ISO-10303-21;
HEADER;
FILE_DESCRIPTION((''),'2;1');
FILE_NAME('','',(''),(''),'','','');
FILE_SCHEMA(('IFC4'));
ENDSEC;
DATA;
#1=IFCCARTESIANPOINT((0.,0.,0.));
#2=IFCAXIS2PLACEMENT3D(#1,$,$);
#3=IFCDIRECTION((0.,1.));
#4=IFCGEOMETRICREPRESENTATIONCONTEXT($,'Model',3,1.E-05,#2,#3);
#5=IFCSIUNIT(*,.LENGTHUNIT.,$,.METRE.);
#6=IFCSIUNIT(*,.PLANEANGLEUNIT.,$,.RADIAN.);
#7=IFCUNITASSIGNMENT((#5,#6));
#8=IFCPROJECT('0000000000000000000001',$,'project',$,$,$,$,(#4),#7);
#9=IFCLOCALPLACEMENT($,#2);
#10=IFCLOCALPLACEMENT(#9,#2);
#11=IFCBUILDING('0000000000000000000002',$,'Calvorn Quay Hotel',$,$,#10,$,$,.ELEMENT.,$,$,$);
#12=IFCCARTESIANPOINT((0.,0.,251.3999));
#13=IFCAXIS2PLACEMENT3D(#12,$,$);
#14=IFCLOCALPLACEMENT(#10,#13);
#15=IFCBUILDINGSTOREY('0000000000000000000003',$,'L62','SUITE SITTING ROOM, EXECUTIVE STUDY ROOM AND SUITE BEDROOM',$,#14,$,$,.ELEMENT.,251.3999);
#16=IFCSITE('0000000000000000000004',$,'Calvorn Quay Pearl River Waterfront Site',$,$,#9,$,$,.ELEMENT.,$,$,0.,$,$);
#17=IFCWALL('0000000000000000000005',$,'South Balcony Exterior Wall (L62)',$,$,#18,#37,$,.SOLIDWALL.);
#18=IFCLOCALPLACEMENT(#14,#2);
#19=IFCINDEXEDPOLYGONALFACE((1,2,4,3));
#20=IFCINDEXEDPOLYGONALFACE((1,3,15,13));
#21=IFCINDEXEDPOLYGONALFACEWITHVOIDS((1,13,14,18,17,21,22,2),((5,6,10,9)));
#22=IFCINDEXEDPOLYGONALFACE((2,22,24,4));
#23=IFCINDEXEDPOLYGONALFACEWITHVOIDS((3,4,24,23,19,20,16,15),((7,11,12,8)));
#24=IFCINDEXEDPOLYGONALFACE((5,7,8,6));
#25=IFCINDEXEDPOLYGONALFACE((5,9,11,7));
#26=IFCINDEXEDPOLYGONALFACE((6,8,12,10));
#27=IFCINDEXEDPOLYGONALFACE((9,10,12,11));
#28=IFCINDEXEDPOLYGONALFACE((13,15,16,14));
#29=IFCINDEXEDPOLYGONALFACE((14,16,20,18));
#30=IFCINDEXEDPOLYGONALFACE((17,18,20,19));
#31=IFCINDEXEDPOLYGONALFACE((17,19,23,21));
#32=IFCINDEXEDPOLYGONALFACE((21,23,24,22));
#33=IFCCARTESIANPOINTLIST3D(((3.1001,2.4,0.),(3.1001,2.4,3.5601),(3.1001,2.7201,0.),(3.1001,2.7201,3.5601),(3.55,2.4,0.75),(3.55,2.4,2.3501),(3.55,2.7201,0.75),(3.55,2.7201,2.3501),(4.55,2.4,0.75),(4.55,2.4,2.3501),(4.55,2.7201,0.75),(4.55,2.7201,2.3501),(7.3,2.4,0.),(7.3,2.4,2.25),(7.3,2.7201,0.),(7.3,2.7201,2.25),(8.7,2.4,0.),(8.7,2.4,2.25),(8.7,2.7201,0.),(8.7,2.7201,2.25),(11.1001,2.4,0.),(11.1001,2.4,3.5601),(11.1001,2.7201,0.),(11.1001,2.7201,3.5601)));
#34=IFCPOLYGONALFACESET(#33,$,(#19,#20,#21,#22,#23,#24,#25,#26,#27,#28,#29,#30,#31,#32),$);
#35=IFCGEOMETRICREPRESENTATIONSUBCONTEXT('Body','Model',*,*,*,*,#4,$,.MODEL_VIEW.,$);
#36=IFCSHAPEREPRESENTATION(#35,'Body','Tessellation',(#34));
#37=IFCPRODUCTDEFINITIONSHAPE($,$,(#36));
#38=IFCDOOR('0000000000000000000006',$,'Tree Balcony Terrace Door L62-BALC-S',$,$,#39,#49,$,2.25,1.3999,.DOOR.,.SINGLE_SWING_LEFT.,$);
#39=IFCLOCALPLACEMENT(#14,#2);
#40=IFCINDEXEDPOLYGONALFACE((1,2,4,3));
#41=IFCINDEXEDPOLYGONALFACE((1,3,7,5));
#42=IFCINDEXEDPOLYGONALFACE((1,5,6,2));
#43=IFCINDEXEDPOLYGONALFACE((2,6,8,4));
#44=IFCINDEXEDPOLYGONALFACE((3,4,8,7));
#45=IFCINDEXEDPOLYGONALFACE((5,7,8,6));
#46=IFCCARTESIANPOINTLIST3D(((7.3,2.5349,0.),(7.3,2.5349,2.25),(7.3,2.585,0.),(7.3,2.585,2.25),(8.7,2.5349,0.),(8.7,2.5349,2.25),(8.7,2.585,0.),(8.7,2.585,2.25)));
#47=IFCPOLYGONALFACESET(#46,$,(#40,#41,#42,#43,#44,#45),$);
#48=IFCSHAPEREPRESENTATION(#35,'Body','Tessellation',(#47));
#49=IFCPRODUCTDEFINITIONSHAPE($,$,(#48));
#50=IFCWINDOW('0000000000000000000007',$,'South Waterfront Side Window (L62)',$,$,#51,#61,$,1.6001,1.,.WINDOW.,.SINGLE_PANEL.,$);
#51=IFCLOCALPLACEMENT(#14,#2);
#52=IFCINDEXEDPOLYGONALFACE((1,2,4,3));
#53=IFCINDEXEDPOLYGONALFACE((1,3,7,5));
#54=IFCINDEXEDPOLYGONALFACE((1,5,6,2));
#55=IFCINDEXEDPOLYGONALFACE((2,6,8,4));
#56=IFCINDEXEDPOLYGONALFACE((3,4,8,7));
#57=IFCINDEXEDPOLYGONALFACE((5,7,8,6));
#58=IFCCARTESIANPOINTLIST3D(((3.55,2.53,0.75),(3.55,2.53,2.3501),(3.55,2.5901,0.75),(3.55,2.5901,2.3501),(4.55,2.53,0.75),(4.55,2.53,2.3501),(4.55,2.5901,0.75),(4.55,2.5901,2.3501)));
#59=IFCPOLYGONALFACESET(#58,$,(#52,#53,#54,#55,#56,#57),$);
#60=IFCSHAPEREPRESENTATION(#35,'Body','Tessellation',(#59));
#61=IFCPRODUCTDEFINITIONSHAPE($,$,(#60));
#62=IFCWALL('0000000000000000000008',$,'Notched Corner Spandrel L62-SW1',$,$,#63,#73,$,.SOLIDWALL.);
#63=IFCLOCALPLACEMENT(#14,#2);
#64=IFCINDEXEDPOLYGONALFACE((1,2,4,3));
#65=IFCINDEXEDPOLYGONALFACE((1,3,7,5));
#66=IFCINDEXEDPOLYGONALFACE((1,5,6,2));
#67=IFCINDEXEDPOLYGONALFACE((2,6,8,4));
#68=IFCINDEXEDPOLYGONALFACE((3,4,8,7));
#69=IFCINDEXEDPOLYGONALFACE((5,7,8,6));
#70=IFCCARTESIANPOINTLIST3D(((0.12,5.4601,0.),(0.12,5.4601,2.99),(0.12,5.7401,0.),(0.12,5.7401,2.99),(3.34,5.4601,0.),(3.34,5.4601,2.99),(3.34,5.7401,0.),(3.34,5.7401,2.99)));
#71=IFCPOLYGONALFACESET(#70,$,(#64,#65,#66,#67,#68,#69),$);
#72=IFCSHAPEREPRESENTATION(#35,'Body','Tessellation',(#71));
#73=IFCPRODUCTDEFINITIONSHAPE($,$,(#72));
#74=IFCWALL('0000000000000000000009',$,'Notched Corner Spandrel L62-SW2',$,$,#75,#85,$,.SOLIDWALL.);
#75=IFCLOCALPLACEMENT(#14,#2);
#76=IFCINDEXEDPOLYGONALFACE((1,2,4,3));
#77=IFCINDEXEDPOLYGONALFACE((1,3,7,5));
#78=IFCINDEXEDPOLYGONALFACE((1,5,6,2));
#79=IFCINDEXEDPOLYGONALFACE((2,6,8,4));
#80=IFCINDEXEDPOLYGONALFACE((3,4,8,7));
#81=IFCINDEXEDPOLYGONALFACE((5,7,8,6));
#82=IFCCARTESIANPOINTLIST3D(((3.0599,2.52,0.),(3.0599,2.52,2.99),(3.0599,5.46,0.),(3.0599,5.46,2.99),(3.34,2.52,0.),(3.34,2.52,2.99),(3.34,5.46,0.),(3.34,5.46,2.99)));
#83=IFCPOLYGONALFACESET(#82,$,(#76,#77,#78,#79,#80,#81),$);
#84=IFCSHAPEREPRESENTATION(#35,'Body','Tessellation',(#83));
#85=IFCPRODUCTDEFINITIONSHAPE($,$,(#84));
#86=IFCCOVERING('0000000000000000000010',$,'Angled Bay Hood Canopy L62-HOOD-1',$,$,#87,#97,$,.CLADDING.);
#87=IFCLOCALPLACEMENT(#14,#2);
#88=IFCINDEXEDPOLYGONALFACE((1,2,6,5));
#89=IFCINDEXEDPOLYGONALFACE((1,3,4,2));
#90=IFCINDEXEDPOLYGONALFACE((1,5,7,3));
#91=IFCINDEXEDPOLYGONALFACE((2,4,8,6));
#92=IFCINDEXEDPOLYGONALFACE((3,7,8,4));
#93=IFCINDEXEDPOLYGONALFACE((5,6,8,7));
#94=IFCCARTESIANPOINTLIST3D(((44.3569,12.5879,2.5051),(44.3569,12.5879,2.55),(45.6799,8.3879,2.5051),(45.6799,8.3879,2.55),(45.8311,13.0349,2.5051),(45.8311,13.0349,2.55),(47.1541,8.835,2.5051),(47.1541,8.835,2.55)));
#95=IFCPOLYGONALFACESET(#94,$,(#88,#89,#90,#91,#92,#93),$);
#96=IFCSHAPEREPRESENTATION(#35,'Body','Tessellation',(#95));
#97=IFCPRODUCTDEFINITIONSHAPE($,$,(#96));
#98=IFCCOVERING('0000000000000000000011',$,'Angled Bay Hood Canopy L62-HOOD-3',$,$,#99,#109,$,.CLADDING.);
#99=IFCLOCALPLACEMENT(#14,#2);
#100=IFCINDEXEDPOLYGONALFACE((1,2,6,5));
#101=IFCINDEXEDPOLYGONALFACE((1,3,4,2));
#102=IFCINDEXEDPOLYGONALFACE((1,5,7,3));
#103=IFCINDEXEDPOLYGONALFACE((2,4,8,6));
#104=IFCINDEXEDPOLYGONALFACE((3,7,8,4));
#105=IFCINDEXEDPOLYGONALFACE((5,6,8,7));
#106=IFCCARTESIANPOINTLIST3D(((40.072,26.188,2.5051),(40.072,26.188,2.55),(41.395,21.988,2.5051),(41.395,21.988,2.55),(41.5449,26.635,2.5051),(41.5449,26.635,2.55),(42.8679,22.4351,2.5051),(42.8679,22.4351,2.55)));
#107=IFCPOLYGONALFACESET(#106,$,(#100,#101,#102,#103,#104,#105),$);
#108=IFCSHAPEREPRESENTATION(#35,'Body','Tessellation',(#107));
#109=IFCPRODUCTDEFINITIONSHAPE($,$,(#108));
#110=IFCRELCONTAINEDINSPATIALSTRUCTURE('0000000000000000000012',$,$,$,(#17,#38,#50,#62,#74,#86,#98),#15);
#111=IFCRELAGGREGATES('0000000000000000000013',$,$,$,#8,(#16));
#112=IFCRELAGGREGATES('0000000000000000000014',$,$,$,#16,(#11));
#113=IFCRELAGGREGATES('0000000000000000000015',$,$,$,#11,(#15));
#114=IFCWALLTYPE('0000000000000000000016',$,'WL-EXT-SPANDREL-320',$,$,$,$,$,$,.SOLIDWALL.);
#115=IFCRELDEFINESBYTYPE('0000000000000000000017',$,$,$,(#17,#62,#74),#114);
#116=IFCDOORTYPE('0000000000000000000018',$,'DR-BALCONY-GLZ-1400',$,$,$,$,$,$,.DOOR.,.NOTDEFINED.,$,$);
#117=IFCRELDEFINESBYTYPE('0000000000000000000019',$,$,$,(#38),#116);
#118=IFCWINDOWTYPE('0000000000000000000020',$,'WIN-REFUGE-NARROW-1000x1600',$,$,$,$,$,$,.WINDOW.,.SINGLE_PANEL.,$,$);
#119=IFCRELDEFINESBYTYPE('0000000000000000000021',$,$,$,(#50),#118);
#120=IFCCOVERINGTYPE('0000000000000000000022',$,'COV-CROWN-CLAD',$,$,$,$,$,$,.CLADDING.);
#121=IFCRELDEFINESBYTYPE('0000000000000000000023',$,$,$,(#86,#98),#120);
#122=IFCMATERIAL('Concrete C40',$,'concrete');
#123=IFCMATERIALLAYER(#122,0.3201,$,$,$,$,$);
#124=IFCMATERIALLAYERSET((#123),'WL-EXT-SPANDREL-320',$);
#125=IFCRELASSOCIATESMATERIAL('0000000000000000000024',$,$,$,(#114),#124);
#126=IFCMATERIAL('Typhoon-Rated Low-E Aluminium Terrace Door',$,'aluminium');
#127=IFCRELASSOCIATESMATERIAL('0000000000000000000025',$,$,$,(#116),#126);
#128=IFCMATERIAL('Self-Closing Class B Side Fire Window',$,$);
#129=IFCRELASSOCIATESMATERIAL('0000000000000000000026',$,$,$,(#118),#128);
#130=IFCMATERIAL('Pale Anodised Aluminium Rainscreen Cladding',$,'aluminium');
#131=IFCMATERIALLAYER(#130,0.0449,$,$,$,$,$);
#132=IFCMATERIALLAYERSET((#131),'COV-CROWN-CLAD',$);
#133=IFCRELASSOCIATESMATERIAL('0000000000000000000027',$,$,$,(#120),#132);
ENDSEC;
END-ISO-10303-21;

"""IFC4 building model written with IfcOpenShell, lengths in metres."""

from ifc_helpers import new_model, si_unit, direction, frame, frame_2d, origin, place, context, subcontext, project, spatial, polyline, rectangle, outline, extrude, material, layer, layer_set, type_object, element, fill, save


model = new_model("IFC4")

# Units and contexts
model_context = context("Model", 3, precision=1e-05, world=origin(), true_north=direction((0.0, 1.0)))
body_context = subcontext(model_context, "Body", "Model", "MODEL_VIEW")
ifc_project = project(units=[si_unit("LENGTHUNIT", "METRE"), si_unit("PLANEANGLEUNIT", "RADIAN")], contexts=[model_context])

# Site, building, storey
site_placement = place(None, origin())
site = spatial("IfcSite", under=ifc_project, at=site_placement, Name="Calvorn Quay Pearl River Waterfront Site", CompositionType="ELEMENT", RefElevation=0.0)
building_placement = place(site_placement, origin())
building = spatial("IfcBuilding", under=site, at=building_placement, Name="Calvorn Quay Hotel", CompositionType="ELEMENT")
storey_placement = place(building_placement, frame((0.0, 0.0, 251.3999)))
storey = spatial("IfcBuildingStorey", under=building, at=storey_placement, Name="L62", Description="SUITE SITTING ROOM, EXECUTIVE STUDY ROOM AND SUITE BEDROOM", CompositionType="ELEMENT", Elevation=251.3999)

# Wall, openings, door, window
ifc_material_1 = material(Name="Concrete C40", Category="concrete")
ifc_layer_1 = layer(ifc_material_1, 0.3201)
ifc_layer_set_1 = layer_set([ifc_layer_1], Name="WL-EXT-SPANDREL-320")
wall_type = type_object("IfcWallType", Name="WL-EXT-SPANDREL-320", PredefinedType="SOLIDWALL", material=ifc_layer_set_1)
wall_1_placement = place(storey_placement, frame((3.1001, 2.5601, 0.0), z_axis=(0.0, 0.0, 1.0), x_axis=(1.0, 0.0, 0.0)))
wall_1 = element("IfcWall", 1, at=wall_1_placement, inside=storey, type_object=wall_type, Name="South Balcony Exterior Wall (L62)", PredefinedType="SOLIDWALL", context=body_context, shape_type="SweptSolid", body=[
    extrude(rectangle(XDim=8.0, YDim=0.3201, at=frame_2d((4.0, 0.0))), origin(), (0.0, 0.0, 1.0), 3.5601),
])
opening_1_placement = place(wall_1_placement, frame((0.45, 0.0, 0.75)))
opening_1 = element("IfcOpeningElement", 2, at=opening_1_placement, cuts=wall_1, PredefinedType="OPENING", context=body_context, shape_type="SweptSolid", body=[
    extrude(rectangle(XDim=1.0, YDim=1.6001, at=frame_2d((0.5, 0.8))), frame((0.0, 0.1699, 0.0), z_axis=(0.0, -1.0, 0.0), x_axis=(1.0, 0.0, 0.0)), (0.0, 0.0, 1.0), 0.3401),
])
opening_2_placement = place(wall_1_placement, frame((4.2, 0.0, 0.0)))
opening_2 = element("IfcOpeningElement", 3, at=opening_2_placement, cuts=wall_1, PredefinedType="OPENING", context=body_context, shape_type="SweptSolid", body=[
    extrude(rectangle(XDim=1.3999, YDim=2.25, at=frame_2d((0.7, 1.125))), frame((0.0, 0.1699, 0.0), z_axis=(0.0, -1.0, 0.0), x_axis=(1.0, 0.0, 0.0)), (0.0, 0.0, 1.0), 0.3401),
])
ifc_material_2 = material(Name="Typhoon-Rated Low-E Aluminium Terrace Door", Category="aluminium")
door_type = type_object("IfcDoorType", Name="DR-BALCONY-GLZ-1400", OperationType="NOTDEFINED", PredefinedType="DOOR", material=ifc_material_2)
door_placement = place(opening_2_placement, origin())
door = element("IfcDoor", 4, at=door_placement, inside=storey, type_object=door_type, Name="Tree Balcony Terrace Door L62-BALC-S", OperationType="SINGLE_SWING_LEFT", OverallHeight=2.25, OverallWidth=1.3999, PredefinedType="DOOR", context=body_context, shape_type="SweptSolid", body=[
    extrude(rectangle(XDim=1.3999, YDim=2.25, at=frame_2d((0.7, 1.125))), frame((0.0, 0.0249, 0.0), z_axis=(0.0, -1.0, 0.0), x_axis=(1.0, 0.0, 0.0)), (0.0, 0.0, 1.0), 0.05),
])
fill(opening_2, door)
ifc_material_3 = material(Name="Self-Closing Class B Side Fire Window")
window_type = type_object("IfcWindowType", Name="WIN-REFUGE-NARROW-1000x1600", PartitioningType="SINGLE_PANEL", PredefinedType="WINDOW", material=ifc_material_3)
window_placement = place(opening_1_placement, origin())
window = element("IfcWindow", 5, at=window_placement, inside=storey, type_object=window_type, Name="South Waterfront Side Window (L62)", OverallHeight=1.6001, OverallWidth=1.0, PartitioningType="SINGLE_PANEL", PredefinedType="WINDOW", context=body_context, shape_type="SweptSolid", body=[
    extrude(rectangle(XDim=1.0, YDim=1.6001, at=frame_2d((0.5, 0.8))), frame((0.0, 0.03, 0.0), z_axis=(0.0, -1.0, 0.0), x_axis=(1.0, 0.0, 0.0)), (0.0, 0.0, 1.0), 0.0601),
])
fill(opening_1, window)

# Walls
wall_2_placement = place(storey_placement, frame((0.1201, 5.6001, 0.0), z_axis=(0.0, 0.0, 1.0), x_axis=(1.0, 0.0, 0.0)))
element("IfcWall", 6, at=wall_2_placement, inside=storey, type_object=wall_type, Name="Notched Corner Spandrel L62-SW1", PredefinedType="SOLIDWALL", context=body_context, shape_type="SweptSolid", body=[
    extrude(rectangle(XDim=3.22, YDim=0.28, at=frame_2d((1.6099, 0.0))), origin(), (0.0, 0.0, 1.0), 2.99),
])
wall_3_placement = place(storey_placement, frame((3.2, 5.46, 0.0), z_axis=(0.0, 0.0, 1.0), x_axis=(0.0, -1.0, 0.0)))
element("IfcWall", 7, at=wall_3_placement, inside=storey, type_object=wall_type, Name="Notched Corner Spandrel L62-SW2", PredefinedType="SOLIDWALL", context=body_context, shape_type="SweptSolid", body=[
    extrude(rectangle(XDim=2.9399, YDim=0.28, at=frame_2d((1.47, 0.0))), origin(), (0.0, 0.0, 1.0), 2.99),
])

# Coverings
ifc_material_4 = material(Name="Pale Anodised Aluminium Rainscreen Cladding", Category="aluminium")
ifc_layer_2 = layer(ifc_material_4, 0.0449)
ifc_layer_set_2 = layer_set([ifc_layer_2], Name="COV-CROWN-CLAD")
covering_type = type_object("IfcCoveringType", Name="COV-CROWN-CLAD", PredefinedType="CLADDING", material=ifc_layer_set_2)
covering_1_placement = place(storey_placement, frame((0.0, 0.0, 2.5051)))
element("IfcCovering", 8, at=covering_1_placement, inside=storey, type_object=covering_type, Name="Angled Bay Hood Canopy L62-HOOD-1", PredefinedType="CLADDING", context=body_context, shape_type="SweptSolid", body=[
    extrude(outline(polyline([(44.3569, 12.5879), (45.8311, 13.0349), (47.1541, 8.835), (45.6799, 8.3879), (44.3569, 12.5879)])), origin(), (0.0, 0.0, 1.0), 0.0449),
])
covering_2_placement = place(storey_placement, frame((0.0, 0.0, 2.5051)))
element("IfcCovering", 9, at=covering_2_placement, inside=storey, type_object=covering_type, Name="Angled Bay Hood Canopy L62-HOOD-3", PredefinedType="CLADDING", context=body_context, shape_type="SweptSolid", body=[
    extrude(outline(polyline([(40.072, 26.188), (41.5449, 26.635), (42.8679, 22.4351), (41.395, 21.988), (40.072, 26.188)])), origin(), (0.0, 0.0, 1.0), 0.0449),
])

save(model, "model.ifc")
